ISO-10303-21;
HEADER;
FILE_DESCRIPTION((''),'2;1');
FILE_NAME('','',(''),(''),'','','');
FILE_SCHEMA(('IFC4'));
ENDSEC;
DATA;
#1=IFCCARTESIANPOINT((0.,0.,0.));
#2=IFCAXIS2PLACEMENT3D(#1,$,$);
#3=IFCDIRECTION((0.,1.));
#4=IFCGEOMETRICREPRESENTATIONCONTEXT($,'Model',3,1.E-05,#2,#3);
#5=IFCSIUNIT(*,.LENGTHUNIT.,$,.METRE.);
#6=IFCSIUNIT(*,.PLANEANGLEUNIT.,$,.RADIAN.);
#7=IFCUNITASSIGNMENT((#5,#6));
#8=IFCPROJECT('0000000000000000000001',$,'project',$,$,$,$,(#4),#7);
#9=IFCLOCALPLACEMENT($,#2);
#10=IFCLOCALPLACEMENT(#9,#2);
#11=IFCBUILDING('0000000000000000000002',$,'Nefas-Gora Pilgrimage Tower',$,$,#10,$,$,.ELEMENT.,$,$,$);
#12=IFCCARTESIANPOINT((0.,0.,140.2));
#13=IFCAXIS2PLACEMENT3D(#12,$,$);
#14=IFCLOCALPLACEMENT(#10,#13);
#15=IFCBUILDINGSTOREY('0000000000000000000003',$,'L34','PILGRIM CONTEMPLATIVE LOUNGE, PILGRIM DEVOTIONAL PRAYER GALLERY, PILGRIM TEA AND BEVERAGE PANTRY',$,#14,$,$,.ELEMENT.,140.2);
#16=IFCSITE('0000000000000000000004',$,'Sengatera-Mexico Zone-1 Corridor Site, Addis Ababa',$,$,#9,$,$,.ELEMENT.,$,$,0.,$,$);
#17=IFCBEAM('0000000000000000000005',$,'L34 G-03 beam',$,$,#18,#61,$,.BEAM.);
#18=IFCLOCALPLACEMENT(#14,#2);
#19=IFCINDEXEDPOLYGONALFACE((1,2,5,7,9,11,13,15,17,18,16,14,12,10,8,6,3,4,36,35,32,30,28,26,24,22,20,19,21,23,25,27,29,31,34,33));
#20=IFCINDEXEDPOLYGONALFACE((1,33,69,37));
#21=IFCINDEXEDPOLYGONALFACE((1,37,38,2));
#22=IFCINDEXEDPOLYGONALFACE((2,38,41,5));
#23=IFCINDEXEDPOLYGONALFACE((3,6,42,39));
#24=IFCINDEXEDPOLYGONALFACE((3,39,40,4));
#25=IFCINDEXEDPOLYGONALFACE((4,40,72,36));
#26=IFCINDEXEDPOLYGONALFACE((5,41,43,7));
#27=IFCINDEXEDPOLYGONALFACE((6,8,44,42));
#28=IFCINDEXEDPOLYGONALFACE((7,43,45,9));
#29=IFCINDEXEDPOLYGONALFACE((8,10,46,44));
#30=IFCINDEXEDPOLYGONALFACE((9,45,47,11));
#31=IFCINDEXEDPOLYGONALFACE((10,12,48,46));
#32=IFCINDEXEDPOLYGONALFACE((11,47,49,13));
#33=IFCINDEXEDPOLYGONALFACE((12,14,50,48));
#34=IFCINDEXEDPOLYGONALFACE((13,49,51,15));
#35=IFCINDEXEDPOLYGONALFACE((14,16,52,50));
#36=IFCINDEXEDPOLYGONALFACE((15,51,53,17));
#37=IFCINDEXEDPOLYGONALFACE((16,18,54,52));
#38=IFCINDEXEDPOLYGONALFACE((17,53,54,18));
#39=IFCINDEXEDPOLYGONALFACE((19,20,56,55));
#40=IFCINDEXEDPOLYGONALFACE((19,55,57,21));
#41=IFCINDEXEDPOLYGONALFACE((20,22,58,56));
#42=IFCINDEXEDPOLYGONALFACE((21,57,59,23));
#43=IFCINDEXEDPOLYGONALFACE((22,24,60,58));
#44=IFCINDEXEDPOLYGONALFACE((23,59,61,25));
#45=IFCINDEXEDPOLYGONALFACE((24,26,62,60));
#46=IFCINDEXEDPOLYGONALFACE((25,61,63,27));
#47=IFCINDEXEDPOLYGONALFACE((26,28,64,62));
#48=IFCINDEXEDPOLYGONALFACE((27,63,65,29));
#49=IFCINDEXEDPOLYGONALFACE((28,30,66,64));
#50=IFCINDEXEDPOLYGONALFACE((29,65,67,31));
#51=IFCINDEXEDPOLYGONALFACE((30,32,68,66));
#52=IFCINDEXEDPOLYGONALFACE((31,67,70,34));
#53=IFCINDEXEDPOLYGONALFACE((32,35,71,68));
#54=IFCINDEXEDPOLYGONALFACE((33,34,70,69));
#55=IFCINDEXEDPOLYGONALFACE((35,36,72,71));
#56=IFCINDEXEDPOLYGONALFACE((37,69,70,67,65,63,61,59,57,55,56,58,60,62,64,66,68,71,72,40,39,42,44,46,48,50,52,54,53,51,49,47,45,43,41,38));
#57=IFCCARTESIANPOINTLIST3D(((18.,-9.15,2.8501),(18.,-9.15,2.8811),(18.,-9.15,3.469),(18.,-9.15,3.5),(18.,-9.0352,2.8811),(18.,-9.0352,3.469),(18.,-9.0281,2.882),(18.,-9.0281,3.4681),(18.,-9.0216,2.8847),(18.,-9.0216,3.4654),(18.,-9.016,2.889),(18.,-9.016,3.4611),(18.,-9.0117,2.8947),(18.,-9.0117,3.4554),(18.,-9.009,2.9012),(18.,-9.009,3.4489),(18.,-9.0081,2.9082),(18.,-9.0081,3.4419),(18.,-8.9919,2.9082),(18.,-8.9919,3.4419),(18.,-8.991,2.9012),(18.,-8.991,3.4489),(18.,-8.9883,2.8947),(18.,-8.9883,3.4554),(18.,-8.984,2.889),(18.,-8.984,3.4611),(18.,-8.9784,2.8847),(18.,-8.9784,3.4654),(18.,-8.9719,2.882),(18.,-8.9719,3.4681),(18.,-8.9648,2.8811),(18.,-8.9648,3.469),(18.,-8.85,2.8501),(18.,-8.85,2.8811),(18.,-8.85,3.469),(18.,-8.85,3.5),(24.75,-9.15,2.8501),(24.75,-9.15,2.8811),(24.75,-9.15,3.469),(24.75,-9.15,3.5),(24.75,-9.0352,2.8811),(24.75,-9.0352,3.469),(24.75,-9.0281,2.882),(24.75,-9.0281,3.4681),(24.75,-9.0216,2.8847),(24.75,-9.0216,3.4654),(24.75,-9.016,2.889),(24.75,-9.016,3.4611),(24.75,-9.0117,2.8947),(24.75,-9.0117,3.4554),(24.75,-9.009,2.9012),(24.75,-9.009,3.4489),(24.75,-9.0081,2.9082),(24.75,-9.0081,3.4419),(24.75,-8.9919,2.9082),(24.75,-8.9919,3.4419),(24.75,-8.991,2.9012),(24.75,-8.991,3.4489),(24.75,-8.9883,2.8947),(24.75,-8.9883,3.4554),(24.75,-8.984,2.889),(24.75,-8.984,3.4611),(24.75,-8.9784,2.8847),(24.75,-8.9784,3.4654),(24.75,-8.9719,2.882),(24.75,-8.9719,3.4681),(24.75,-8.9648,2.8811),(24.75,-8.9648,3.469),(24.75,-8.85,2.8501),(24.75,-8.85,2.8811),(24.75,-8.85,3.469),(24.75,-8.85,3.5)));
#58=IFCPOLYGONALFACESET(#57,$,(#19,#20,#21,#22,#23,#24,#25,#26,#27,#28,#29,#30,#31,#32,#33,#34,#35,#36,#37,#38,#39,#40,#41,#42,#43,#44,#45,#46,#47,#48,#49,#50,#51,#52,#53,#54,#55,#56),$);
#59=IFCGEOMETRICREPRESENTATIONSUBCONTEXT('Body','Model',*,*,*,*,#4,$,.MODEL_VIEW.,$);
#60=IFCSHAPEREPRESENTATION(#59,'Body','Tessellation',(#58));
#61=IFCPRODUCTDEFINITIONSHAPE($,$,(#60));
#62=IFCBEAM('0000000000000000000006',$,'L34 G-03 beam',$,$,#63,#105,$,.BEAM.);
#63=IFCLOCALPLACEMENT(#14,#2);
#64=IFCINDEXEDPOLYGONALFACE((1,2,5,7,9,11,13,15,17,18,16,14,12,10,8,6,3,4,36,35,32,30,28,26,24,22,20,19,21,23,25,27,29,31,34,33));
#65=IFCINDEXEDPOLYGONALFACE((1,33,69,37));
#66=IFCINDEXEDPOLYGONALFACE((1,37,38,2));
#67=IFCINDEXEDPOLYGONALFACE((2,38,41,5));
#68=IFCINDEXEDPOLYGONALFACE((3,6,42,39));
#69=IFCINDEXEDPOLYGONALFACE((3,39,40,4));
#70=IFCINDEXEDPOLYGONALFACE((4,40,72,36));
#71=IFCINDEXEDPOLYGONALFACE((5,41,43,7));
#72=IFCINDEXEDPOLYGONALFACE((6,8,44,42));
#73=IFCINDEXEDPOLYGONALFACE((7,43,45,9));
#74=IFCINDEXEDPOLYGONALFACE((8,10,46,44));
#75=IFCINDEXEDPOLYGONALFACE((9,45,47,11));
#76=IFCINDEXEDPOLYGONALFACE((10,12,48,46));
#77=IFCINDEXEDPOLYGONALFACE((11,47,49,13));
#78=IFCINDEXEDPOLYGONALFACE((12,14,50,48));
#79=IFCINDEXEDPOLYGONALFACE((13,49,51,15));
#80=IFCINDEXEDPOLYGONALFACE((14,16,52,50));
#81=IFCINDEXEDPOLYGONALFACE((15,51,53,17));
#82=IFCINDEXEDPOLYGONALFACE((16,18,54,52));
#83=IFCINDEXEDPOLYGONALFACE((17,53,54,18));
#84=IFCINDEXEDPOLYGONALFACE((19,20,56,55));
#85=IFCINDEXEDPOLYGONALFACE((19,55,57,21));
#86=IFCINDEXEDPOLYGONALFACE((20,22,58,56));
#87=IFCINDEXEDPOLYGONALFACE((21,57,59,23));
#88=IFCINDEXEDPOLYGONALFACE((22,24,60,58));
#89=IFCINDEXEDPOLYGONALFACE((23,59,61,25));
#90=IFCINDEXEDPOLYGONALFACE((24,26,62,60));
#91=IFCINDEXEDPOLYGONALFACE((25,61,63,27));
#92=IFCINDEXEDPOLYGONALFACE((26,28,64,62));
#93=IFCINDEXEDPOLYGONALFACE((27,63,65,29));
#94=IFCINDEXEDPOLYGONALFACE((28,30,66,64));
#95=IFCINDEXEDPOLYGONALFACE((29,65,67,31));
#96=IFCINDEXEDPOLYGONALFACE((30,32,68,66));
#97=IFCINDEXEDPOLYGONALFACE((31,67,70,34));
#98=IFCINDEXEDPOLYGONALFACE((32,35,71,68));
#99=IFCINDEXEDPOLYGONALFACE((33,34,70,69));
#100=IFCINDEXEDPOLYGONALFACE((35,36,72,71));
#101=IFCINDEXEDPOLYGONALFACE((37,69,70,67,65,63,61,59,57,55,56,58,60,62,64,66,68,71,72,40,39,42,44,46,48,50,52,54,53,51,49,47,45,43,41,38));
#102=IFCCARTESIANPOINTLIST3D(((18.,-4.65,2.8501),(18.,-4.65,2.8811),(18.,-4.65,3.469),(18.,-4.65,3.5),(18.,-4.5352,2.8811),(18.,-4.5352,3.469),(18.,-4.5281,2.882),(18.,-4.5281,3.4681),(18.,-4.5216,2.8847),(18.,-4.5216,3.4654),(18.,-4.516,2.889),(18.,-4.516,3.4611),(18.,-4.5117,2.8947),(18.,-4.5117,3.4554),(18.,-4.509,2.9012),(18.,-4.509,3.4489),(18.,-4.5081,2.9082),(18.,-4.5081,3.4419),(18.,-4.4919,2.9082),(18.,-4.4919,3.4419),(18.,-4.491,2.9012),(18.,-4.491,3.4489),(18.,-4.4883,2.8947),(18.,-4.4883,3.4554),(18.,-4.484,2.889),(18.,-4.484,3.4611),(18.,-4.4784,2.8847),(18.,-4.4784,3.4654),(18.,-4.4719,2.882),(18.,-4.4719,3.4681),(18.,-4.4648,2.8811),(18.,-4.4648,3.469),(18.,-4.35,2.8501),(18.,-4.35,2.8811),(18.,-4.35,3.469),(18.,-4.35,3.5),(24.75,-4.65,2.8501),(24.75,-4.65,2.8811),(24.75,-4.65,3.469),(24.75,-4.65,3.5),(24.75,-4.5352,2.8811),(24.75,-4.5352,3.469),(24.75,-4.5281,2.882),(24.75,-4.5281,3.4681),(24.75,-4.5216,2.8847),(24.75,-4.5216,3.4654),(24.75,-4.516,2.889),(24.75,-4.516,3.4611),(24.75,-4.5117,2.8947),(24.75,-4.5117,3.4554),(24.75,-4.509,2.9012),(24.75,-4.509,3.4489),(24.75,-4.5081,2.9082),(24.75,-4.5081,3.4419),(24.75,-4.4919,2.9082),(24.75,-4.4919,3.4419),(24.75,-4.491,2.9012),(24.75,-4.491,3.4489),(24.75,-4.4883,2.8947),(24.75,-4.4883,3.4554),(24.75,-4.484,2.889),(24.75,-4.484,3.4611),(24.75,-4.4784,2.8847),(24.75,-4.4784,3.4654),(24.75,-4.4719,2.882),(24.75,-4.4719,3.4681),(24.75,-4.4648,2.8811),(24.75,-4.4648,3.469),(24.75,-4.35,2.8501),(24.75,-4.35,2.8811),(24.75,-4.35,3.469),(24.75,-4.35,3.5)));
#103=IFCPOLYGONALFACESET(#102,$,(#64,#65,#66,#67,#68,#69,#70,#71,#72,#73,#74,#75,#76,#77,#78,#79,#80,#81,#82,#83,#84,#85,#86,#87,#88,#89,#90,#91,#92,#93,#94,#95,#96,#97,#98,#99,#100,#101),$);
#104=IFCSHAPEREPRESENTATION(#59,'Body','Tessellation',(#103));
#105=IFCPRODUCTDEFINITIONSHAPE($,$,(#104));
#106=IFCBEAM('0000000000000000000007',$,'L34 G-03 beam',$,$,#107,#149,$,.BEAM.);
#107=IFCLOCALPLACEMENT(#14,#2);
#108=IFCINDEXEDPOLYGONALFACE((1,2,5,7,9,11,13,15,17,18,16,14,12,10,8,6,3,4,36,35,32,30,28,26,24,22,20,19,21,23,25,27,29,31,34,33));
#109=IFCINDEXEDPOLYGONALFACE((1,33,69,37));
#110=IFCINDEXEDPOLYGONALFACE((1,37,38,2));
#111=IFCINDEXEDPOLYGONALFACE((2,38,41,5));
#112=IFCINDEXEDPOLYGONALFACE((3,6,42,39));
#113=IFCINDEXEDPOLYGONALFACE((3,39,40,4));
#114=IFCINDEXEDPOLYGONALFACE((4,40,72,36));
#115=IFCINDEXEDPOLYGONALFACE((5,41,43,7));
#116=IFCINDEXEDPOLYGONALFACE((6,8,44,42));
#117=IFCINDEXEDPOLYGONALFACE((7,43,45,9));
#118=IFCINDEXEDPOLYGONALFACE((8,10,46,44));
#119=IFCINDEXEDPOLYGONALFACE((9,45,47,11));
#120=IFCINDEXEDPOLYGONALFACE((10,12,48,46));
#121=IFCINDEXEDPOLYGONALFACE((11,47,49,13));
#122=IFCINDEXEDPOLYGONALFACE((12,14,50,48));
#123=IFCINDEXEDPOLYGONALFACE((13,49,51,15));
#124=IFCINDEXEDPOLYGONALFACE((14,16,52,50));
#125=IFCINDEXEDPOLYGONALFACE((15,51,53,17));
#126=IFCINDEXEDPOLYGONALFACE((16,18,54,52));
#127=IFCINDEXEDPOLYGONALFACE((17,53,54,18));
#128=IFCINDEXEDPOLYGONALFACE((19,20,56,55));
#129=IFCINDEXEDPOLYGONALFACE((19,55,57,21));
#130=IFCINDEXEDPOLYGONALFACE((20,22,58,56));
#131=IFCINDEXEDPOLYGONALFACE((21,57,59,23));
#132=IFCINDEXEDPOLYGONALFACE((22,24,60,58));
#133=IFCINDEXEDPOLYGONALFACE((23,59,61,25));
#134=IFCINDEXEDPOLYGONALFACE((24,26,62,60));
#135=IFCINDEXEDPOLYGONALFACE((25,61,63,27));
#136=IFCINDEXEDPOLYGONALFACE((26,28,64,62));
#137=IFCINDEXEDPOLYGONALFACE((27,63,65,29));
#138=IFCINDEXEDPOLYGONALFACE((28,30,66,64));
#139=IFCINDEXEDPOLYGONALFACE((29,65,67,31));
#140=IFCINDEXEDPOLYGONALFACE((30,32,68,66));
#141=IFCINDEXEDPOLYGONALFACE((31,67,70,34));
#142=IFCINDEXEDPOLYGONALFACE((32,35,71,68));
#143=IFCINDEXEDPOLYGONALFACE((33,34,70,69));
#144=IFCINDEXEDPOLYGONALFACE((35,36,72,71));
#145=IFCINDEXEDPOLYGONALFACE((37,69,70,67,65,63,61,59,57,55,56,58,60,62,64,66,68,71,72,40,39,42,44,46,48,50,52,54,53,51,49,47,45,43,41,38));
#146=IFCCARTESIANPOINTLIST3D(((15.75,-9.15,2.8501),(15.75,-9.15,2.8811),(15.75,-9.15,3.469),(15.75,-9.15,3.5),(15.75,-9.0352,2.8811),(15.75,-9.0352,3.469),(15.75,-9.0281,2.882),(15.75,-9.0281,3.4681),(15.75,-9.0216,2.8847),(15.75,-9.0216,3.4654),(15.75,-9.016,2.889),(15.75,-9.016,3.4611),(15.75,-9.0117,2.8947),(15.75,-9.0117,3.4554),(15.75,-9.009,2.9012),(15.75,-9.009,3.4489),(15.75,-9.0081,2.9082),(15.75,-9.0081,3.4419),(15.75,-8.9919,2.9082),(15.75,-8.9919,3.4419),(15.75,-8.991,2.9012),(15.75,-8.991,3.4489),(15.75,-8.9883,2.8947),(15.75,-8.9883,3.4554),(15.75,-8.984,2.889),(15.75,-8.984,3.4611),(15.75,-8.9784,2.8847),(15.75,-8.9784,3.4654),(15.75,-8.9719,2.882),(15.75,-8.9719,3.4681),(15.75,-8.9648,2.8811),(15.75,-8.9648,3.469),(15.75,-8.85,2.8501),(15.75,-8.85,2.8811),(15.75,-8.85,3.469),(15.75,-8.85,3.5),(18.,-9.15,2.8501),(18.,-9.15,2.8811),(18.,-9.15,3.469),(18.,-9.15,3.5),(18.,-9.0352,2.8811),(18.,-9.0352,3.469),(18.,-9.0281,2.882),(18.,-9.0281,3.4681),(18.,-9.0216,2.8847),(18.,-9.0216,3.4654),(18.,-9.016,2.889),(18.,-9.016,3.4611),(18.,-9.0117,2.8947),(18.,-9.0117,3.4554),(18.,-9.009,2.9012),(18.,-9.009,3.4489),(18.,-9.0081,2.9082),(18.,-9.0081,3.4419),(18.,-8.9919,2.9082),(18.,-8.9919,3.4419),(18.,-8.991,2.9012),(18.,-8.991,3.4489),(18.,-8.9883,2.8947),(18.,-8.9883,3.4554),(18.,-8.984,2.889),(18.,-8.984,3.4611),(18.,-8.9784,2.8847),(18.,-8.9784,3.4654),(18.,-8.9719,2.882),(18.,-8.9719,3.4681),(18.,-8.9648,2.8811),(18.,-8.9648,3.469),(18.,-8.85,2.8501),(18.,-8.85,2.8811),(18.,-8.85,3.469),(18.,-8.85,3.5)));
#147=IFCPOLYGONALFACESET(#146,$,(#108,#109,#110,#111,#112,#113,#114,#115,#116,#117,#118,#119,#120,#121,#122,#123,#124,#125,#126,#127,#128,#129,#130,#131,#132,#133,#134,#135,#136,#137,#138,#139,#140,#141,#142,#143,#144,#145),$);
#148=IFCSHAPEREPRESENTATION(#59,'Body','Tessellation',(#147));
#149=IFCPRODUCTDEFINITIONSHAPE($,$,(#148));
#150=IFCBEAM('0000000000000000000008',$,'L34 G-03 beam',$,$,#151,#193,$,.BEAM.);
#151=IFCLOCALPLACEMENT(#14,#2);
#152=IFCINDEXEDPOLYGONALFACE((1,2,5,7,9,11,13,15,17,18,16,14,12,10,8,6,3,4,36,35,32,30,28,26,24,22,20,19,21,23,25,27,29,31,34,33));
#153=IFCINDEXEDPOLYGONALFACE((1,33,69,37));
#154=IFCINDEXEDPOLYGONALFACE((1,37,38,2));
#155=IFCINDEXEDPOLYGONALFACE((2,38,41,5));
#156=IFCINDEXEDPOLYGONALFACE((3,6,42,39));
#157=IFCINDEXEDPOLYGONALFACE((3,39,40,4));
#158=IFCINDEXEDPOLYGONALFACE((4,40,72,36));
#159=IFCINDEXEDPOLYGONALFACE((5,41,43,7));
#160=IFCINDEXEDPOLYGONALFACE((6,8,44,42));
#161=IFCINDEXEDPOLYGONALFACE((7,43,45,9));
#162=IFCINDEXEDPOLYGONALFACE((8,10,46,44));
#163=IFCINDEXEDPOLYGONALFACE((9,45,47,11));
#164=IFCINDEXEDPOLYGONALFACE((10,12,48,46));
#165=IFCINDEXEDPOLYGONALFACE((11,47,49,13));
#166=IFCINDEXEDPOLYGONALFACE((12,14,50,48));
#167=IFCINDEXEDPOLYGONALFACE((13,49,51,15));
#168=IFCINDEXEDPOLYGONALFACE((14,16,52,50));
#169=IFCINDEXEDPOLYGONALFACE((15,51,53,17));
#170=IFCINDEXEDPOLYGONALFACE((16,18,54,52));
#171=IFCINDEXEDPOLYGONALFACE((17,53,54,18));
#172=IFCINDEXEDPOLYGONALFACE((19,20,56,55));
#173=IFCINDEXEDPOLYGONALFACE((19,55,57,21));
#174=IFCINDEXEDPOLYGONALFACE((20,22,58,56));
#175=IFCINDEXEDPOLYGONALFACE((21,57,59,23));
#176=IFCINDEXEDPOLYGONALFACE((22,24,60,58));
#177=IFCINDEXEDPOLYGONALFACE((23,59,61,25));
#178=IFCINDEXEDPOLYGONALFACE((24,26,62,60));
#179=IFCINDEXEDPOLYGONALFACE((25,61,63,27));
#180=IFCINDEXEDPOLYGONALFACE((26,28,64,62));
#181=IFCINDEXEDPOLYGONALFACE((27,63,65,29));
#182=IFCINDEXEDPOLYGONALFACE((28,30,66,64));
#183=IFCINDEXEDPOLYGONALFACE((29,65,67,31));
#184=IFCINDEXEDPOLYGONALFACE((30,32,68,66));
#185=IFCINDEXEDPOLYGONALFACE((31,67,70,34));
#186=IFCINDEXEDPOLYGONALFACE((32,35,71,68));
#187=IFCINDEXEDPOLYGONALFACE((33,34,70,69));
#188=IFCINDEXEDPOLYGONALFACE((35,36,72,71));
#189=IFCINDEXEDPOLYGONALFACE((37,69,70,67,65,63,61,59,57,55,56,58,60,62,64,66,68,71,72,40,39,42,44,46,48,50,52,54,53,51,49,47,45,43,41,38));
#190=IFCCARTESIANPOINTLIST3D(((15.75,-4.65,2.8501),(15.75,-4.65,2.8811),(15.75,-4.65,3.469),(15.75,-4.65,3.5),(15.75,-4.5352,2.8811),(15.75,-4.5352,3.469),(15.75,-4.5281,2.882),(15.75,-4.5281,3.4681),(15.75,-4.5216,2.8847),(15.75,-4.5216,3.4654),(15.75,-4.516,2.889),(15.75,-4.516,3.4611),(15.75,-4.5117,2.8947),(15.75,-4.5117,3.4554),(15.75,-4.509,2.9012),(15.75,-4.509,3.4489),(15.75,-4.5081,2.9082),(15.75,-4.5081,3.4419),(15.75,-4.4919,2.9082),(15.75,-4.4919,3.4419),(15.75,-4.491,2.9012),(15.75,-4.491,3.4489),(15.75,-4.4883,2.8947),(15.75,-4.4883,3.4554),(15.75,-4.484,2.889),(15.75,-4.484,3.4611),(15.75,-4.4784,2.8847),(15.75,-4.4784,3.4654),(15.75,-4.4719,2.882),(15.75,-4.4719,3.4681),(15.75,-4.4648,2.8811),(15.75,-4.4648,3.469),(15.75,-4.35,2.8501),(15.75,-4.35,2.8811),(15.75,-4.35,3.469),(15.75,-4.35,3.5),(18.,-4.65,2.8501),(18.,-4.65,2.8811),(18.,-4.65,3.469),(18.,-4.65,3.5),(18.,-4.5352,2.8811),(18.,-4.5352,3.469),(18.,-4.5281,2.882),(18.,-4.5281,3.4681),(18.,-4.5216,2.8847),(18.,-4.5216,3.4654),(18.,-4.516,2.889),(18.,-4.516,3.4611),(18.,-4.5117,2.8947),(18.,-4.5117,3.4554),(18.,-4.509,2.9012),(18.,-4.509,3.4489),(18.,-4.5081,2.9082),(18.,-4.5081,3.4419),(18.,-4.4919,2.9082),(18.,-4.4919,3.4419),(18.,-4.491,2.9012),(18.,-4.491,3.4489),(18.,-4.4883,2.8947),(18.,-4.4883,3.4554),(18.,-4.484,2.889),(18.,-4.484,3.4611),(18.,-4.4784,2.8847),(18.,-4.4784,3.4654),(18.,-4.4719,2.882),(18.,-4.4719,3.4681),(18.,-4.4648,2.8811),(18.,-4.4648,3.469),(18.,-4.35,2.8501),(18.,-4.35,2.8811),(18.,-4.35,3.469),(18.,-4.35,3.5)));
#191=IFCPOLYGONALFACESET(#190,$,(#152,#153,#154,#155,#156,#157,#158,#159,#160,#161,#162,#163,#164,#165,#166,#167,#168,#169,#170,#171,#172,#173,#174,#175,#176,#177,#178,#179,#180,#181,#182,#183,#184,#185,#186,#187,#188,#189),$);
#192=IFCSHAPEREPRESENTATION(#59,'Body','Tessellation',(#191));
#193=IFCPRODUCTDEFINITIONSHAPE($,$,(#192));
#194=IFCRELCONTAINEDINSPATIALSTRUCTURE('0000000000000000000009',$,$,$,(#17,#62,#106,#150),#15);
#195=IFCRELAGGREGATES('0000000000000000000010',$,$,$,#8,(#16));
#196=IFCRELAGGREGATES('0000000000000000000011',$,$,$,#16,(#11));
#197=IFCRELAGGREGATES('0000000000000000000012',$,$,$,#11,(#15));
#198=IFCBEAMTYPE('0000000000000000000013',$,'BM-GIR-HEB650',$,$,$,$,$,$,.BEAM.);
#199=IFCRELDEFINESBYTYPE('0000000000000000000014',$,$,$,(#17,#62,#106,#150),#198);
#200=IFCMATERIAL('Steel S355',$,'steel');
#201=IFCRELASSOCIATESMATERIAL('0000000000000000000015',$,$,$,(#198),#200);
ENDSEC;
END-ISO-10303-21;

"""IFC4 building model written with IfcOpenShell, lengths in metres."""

from ifc_helpers import new_model, si_unit, direction, frame, origin, origin_2d, place, context, subcontext, project, spatial, i_section, extrude, source, transform, mapped, material, material_profile, profile_set, type_object, element, save


model = new_model("IFC4")

# Units and contexts
model_context = context("Model", 3, precision=1e-05, world=origin(), true_north=direction((0.0, 1.0)))
body_context = subcontext(model_context, "Body", "Model", "MODEL_VIEW")
ifc_project = project(units=[si_unit("LENGTHUNIT", "METRE"), si_unit("PLANEANGLEUNIT", "RADIAN")], contexts=[model_context])

# Site, building, storey
site_placement = place(None, origin())
site = spatial("IfcSite", under=ifc_project, at=site_placement, Name="Sengatera-Mexico Zone-1 Corridor Site, Addis Ababa", CompositionType="ELEMENT", RefElevation=0.0)
building_placement = place(site_placement, origin())
building = spatial("IfcBuilding", under=site, at=building_placement, Name="Nefas-Gora Pilgrimage Tower", CompositionType="ELEMENT")
storey_placement = place(building_placement, frame((0.0, 0.0, 140.2)))
storey = spatial("IfcBuildingStorey", under=building, at=storey_placement, Name="L34", Description="PILGRIM CONTEMPLATIVE LOUNGE, PILGRIM DEVOTIONAL PRAYER GALLERY, PILGRIM TEA AND BEVERAGE PANTRY", CompositionType="ELEMENT", Elevation=140.2)

# Beams
ifc_material_1 = material(Name="Steel S355", Category="steel")
ifc_material_profile_1 = material_profile(ifc_material_1, i_section(OverallWidth=0.3, OverallDepth=0.6499, WebThickness=0.0161, FlangeThickness=0.031, FilletRadius=0.0271, at=origin_2d()), Name="HEB 650")
ifc_profile_set_1 = profile_set([ifc_material_profile_1], Name="Steel S355")
beam_type_1 = type_object("IfcBeamType", Name="BM-GIR-HEB650", PredefinedType="BEAM", material=ifc_profile_set_1)
shared_shape_1 = source(origin(), body_context, "Body", "SweptSolid", [
    extrude(i_section(OverallWidth=0.3, OverallDepth=0.6499, WebThickness=0.0161, FlangeThickness=0.031, FilletRadius=0.0271, at=origin_2d()), origin(), (0.0, 0.0, 1.0), 6.75),
])
for number, where, z_axis, x_axis, name in (
    (1, (18.0, -9.0, 3.175), (1.0, 0.0, 0.0), (0.0, 1.0, 0.0), "L34 G-03 beam"),
    (2, (18.0, -4.5, 3.175), (1.0, 0.0, 0.0), (0.0, 1.0, 0.0), "L34 G-03 beam"),
):
    element("IfcBeam", number, at=place(storey_placement, frame(where, z_axis=z_axis, x_axis=x_axis)), inside=storey, type_object=beam_type_1, Name=name, PredefinedType="BEAM", context=body_context, shape_type="MappedRepresentation", body=[
        mapped(shared_shape_1, transform((0.0, 0.0, 0.0), x_axis=(1.0, 0.0, 0.0), y_axis=(0.0, 1.0, 0.0), z_axis=(0.0, 0.0, 1.0), scale=1.0)),
    ])
shared_shape_2 = source(origin(), body_context, "Body", "SweptSolid", [
    extrude(i_section(OverallWidth=0.3, OverallDepth=0.6499, WebThickness=0.0161, FlangeThickness=0.031, FilletRadius=0.0271, at=origin_2d()), origin(), (0.0, 0.0, 1.0), 2.25),
])
for number, where, z_axis, x_axis, name in (
    (3, (15.75, -9.0, 3.175), (1.0, 0.0, 0.0), (0.0, 1.0, 0.0), "L34 G-03 beam"),
    (4, (15.75, -4.5, 3.175), (1.0, 0.0, 0.0), (0.0, 1.0, 0.0), "L34 G-03 beam"),
):
    element("IfcBeam", number, at=place(storey_placement, frame(where, z_axis=z_axis, x_axis=x_axis)), inside=storey, type_object=beam_type_1, Name=name, PredefinedType="BEAM", context=body_context, shape_type="MappedRepresentation", body=[
        mapped(shared_shape_2, transform((0.0, 0.0, 0.0), x_axis=(1.0, 0.0, 0.0), y_axis=(0.0, 1.0, 0.0), z_axis=(0.0, 0.0, 1.0), scale=1.0)),
    ])

save(model, "model.ifc")
